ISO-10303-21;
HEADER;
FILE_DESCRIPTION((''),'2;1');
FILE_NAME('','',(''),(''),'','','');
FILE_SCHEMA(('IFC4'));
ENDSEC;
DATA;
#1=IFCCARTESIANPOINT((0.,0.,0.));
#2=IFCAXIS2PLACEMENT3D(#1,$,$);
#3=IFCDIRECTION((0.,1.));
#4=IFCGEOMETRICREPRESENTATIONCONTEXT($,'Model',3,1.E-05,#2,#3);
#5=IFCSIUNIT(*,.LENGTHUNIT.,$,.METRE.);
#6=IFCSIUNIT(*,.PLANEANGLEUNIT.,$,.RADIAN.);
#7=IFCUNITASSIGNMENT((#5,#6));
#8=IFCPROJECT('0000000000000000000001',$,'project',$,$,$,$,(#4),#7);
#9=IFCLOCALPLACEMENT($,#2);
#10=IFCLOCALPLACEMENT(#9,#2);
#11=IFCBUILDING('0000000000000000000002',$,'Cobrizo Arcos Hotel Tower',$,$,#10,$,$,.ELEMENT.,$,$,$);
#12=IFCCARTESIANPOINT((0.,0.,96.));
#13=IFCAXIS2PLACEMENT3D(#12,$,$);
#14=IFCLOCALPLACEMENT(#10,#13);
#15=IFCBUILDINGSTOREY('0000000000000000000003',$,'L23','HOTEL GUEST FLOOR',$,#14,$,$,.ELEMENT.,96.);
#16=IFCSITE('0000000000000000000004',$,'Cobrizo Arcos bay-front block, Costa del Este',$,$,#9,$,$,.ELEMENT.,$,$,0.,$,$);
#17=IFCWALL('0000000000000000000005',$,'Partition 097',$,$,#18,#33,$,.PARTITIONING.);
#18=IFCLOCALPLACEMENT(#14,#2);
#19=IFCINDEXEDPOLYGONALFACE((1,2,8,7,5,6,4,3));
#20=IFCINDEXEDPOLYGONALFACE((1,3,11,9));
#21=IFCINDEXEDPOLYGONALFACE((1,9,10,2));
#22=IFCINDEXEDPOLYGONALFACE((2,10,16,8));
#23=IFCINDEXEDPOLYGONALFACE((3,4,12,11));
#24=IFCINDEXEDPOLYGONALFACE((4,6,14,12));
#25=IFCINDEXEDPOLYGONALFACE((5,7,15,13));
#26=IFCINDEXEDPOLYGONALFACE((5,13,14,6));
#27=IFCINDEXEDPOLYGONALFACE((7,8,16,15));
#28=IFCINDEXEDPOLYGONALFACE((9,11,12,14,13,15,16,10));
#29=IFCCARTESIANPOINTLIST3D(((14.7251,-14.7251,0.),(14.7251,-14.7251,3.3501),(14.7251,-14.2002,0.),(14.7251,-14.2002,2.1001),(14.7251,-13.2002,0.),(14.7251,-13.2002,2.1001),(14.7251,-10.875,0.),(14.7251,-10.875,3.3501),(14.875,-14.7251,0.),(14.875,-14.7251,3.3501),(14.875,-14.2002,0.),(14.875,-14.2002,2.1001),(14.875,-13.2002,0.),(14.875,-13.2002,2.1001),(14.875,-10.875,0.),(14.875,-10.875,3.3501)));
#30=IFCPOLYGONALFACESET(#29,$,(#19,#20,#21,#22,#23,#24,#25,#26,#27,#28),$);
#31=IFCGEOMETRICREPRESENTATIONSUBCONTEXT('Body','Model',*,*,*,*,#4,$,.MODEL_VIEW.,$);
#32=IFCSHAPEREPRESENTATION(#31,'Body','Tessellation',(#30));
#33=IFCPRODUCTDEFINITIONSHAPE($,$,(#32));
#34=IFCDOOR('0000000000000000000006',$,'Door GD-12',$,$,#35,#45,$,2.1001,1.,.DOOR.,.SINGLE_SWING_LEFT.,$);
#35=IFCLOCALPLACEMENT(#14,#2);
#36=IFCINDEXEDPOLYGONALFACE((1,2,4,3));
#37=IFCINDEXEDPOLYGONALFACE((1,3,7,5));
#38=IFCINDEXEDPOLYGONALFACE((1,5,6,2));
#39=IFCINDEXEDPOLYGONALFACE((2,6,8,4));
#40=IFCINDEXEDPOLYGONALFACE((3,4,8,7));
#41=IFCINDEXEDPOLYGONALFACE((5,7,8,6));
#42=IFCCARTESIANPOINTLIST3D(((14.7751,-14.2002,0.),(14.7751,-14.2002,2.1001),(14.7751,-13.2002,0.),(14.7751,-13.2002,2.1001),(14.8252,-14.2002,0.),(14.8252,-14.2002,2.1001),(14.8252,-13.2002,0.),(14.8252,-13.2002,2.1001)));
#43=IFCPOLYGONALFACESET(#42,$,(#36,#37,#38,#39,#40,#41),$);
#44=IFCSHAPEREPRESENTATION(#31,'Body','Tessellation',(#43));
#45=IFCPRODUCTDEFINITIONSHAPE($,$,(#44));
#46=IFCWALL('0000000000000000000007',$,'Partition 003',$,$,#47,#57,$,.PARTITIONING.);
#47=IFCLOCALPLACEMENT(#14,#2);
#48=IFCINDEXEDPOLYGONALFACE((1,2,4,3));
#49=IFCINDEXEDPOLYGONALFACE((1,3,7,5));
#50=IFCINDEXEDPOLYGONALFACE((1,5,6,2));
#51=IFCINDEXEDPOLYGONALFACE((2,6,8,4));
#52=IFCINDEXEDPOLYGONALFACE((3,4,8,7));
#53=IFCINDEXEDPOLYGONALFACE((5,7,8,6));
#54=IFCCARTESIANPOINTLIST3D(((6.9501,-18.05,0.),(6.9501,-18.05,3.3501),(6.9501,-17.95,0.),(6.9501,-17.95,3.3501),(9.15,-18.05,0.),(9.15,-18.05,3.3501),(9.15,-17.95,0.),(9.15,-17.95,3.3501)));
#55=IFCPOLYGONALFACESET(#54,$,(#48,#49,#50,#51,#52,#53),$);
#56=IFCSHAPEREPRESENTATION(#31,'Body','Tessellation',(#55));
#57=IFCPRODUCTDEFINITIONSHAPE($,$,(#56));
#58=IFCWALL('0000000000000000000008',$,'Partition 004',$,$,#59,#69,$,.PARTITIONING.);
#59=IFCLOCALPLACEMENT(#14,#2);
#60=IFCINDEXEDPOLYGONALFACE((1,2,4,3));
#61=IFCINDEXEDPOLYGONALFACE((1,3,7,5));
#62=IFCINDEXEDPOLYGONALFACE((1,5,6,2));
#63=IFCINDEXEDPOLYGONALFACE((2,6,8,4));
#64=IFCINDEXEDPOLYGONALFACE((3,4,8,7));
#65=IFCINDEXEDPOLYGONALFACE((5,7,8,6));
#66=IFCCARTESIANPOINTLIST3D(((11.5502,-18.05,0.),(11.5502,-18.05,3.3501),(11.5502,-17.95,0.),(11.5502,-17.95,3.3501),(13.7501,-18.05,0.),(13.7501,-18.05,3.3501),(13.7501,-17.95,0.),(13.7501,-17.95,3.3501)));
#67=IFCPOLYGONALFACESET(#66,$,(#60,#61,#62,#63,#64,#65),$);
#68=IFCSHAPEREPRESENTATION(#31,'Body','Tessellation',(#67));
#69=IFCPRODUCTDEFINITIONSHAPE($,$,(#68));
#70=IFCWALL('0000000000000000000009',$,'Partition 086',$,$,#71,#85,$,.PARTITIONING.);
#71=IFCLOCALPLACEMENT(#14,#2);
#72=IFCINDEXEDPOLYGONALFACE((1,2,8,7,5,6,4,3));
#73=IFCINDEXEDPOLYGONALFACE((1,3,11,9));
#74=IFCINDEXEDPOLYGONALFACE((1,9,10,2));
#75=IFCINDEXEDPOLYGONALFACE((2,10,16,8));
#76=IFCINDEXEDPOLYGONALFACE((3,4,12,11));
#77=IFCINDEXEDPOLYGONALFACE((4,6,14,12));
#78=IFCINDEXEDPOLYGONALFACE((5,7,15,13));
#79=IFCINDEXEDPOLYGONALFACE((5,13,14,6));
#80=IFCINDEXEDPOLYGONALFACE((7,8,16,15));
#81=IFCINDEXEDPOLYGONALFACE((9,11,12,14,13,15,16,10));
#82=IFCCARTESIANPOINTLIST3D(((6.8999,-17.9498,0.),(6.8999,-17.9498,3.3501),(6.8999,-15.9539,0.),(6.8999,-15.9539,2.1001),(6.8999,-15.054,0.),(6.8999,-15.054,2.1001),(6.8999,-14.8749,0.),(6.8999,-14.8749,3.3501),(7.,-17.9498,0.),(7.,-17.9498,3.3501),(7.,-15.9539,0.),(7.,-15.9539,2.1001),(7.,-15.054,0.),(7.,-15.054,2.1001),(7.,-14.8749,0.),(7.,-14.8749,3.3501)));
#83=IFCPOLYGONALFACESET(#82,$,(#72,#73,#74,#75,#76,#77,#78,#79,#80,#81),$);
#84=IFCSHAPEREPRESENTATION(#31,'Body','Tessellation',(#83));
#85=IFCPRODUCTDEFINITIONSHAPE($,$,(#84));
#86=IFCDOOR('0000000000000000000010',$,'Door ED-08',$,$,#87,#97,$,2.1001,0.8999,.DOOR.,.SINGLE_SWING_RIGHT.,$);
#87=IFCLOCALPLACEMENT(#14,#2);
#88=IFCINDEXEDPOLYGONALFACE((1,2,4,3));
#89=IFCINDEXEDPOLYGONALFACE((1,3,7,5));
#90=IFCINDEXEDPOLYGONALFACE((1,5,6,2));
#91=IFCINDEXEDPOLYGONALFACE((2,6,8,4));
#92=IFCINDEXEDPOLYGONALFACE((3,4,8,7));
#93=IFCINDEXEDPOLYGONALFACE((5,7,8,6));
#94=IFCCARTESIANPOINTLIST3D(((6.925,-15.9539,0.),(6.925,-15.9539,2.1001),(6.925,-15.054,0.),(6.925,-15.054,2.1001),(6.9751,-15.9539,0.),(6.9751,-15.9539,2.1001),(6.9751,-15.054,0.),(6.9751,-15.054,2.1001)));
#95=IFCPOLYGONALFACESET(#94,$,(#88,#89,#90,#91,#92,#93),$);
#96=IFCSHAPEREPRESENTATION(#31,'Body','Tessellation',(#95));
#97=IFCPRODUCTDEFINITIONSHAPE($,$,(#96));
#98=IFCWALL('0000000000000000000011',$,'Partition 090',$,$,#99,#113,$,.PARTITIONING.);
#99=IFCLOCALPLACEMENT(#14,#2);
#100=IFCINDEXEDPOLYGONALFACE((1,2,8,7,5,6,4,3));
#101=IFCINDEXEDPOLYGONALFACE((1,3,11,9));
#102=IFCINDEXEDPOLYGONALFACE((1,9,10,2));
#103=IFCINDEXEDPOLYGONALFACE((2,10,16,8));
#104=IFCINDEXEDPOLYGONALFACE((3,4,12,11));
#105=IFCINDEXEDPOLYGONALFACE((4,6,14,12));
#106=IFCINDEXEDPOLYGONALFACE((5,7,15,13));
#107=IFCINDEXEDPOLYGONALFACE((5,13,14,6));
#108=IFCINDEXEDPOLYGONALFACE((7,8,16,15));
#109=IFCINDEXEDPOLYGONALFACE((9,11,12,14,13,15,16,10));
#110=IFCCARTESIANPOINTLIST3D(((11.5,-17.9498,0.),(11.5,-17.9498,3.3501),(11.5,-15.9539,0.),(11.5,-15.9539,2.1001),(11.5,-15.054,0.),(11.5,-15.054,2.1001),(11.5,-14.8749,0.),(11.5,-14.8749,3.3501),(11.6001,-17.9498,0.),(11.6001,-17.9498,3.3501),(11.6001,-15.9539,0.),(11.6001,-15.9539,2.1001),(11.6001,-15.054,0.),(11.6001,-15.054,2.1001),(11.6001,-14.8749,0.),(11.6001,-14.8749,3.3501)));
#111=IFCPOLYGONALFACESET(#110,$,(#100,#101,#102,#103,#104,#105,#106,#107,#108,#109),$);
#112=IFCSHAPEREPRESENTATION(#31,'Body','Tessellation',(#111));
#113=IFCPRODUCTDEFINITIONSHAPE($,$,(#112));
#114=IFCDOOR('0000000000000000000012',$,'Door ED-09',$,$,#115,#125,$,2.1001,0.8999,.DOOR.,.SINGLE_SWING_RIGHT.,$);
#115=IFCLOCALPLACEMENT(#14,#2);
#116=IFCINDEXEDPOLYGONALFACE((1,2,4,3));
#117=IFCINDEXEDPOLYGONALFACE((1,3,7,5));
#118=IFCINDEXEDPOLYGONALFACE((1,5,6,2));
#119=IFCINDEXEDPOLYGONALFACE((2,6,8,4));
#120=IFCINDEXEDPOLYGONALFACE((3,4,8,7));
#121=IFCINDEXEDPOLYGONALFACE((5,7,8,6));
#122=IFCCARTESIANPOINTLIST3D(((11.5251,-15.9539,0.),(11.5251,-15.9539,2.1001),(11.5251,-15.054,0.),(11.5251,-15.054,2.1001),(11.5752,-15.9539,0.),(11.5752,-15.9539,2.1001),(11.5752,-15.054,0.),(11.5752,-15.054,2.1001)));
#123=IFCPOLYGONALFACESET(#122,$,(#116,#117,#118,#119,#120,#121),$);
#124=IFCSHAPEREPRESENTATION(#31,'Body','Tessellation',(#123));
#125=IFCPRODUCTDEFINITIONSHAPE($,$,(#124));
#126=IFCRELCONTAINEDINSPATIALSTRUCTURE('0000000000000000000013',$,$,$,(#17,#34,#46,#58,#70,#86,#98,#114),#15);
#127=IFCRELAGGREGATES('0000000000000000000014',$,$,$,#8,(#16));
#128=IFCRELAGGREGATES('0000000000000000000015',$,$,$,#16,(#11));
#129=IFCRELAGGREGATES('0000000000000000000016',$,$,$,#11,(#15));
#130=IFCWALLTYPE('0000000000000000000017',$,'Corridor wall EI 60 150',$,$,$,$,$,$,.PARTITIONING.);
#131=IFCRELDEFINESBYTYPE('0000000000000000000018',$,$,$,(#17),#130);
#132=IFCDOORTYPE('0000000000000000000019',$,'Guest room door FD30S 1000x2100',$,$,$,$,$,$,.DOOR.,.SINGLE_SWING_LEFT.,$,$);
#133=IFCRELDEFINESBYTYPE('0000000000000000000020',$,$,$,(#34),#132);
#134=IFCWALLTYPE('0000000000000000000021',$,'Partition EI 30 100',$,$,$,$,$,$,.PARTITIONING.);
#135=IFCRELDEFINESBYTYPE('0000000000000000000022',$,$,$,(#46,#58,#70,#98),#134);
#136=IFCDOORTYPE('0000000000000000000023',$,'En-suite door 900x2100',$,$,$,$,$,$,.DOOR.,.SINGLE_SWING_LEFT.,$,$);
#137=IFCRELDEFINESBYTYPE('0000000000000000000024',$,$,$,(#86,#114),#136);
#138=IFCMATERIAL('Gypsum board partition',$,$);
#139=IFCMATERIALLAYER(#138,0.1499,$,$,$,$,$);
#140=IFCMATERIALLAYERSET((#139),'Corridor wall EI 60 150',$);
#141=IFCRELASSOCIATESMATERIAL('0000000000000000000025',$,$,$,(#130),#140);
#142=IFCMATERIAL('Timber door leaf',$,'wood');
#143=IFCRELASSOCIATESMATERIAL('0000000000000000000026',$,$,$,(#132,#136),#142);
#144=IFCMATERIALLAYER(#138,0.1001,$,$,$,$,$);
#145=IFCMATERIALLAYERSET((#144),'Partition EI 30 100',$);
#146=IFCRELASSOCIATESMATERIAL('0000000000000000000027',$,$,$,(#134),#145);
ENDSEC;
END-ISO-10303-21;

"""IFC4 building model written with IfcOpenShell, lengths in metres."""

from ifc_helpers import new_model, si_unit, direction, frame, frame_2d, origin, place, context, subcontext, project, spatial, rectangle, extrude, material, layer, layer_set, type_object, element, fill, save


model = new_model("IFC4")

# Units and contexts
model_context = context("Model", 3, precision=1e-05, world=origin(), true_north=direction((0.0, 1.0)))
body_context = subcontext(model_context, "Body", "Model", "MODEL_VIEW")
ifc_project = project(units=[si_unit("LENGTHUNIT", "METRE"), si_unit("PLANEANGLEUNIT", "RADIAN")], contexts=[model_context])

# Site, building, storey
site_placement = place(None, origin())
site = spatial("IfcSite", under=ifc_project, at=site_placement, Name="Cobrizo Arcos bay-front block, Costa del Este", CompositionType="ELEMENT", RefElevation=0.0)
building_placement = place(site_placement, origin())
building = spatial("IfcBuilding", under=site, at=building_placement, Name="Cobrizo Arcos Hotel Tower", CompositionType="ELEMENT")
storey_placement = place(building_placement, frame((0.0, 0.0, 96.0)))
storey = spatial("IfcBuildingStorey", under=building, at=storey_placement, Name="L23", Description="HOTEL GUEST FLOOR", CompositionType="ELEMENT", Elevation=96.0)

# Shared definitions
ifc_material_1 = material(Name="Gypsum board partition")
ifc_layer_1 = layer(ifc_material_1, 0.1499)
ifc_layer_set_1 = layer_set([ifc_layer_1], Name="Corridor wall EI 60 150")
wall_type_1 = type_object("IfcWallType", Name="Corridor wall EI 60 150", PredefinedType="PARTITIONING", material=ifc_layer_set_1)

# Shared definitions
ifc_material_2 = material(Name="Timber door leaf", Category="wood")

# Wall, opening, door
wall_1_placement = place(storey_placement, frame((14.8, -14.7251, 0.0), z_axis=(0.0, 0.0, 1.0), x_axis=(0.0, 1.0, 0.0)))
wall_1 = element("IfcWall", 1, at=wall_1_placement, inside=storey, type_object=wall_type_1, Name="Partition 097", PredefinedType="PARTITIONING", context=body_context, shape_type="SweptSolid", body=[
    extrude(rectangle(XDim=3.8501, YDim=0.1499, at=frame_2d((1.925, 0.0))), origin(), (0.0, 0.0, 1.0), 3.3501),
])
opening_1_placement = place(wall_1_placement, frame((0.5249, 0.0, 0.0)))
opening_1 = element("IfcOpeningElement", 2, at=opening_1_placement, cuts=wall_1, PredefinedType="OPENING", context=body_context, shape_type="SweptSolid", body=[
    extrude(rectangle(XDim=1.0, YDim=2.1001, at=frame_2d((0.5, 1.05))), frame((0.0, 0.0869, 0.0), z_axis=(0.0, -1.0, 0.0), x_axis=(1.0, 0.0, 0.0)), (0.0, 0.0, 1.0), 0.1738),
])
door_type_1 = type_object("IfcDoorType", Name="Guest room door FD30S 1000x2100", OperationType="SINGLE_SWING_LEFT", PredefinedType="DOOR", material=ifc_material_2)
door_1_placement = place(opening_1_placement, origin())
door_1 = element("IfcDoor", 3, at=door_1_placement, inside=storey, type_object=door_type_1, Name="Door GD-12", OperationType="SINGLE_SWING_LEFT", OverallHeight=2.1001, OverallWidth=1.0, PredefinedType="DOOR", context=body_context, shape_type="SweptSolid", body=[
    extrude(rectangle(XDim=1.0, YDim=2.1001, at=frame_2d((0.5, 1.05))), frame((0.0, 0.0249, 0.0), z_axis=(0.0, -1.0, 0.0), x_axis=(1.0, 0.0, 0.0)), (0.0, 0.0, 1.0), 0.05),
])
fill(opening_1, door_1)

# Walls
ifc_layer_2 = layer(ifc_material_1, 0.1001)
ifc_layer_set_2 = layer_set([ifc_layer_2], Name="Partition EI 30 100")
wall_type_2 = type_object("IfcWallType", Name="Partition EI 30 100", PredefinedType="PARTITIONING", material=ifc_layer_set_2)
for number, where, z_axis, x_axis, name in (
    (4, (6.95, -18.0, 0.0), (0.0, 0.0, 1.0), (1.0, 0.0, 0.0), "Partition 003"),
    (5, (11.55, -18.0, 0.0), (0.0, 0.0, 1.0), (1.0, 0.0, 0.0), "Partition 004"),
):
    element("IfcWall", number, at=place(storey_placement, frame(where, z_axis=z_axis, x_axis=x_axis)), inside=storey, type_object=wall_type_2, Name=name, PredefinedType="PARTITIONING", context=body_context, shape_type="SweptSolid", body=[
        extrude(rectangle(XDim=2.2, YDim=0.1001, at=frame_2d((1.1001, 0.0))), origin(), (0.0, 0.0, 1.0), 3.3501),
    ])

# Walls, openings, doors
wall_2_placement = place(storey_placement, frame((6.95, -17.95, 0.0), z_axis=(0.0, 0.0, 1.0), x_axis=(0.0, 1.0, 0.0)))
wall_2 = element("IfcWall", 6, at=wall_2_placement, inside=storey, type_object=wall_type_2, Name="Partition 086", PredefinedType="PARTITIONING", context=body_context, shape_type="SweptSolid", body=[
    extrude(rectangle(XDim=3.075, YDim=0.1001, at=frame_2d((1.5376, 0.0))), origin(), (0.0, 0.0, 1.0), 3.3501),
])
opening_2_placement = place(wall_2_placement, frame((1.9961, 0.0, 0.0)))
opening_2 = element("IfcOpeningElement", 7, at=opening_2_placement, cuts=wall_2, PredefinedType="OPENING", context=body_context, shape_type="SweptSolid", body=[
    extrude(rectangle(XDim=0.8999, YDim=2.1001, at=frame_2d((0.45, 1.05))), frame((0.0, 0.062, 0.0), z_axis=(0.0, -1.0, 0.0), x_axis=(1.0, 0.0, 0.0)), (0.0, 0.0, 1.0), 0.124),
])
door_type_2 = type_object("IfcDoorType", Name="En-suite door 900x2100", OperationType="SINGLE_SWING_LEFT", PredefinedType="DOOR", material=ifc_material_2)
door_2_placement = place(opening_2_placement, origin())
door_2 = element("IfcDoor", 8, at=door_2_placement, inside=storey, type_object=door_type_2, Name="Door ED-08", OperationType="SINGLE_SWING_RIGHT", OverallHeight=2.1001, OverallWidth=0.8999, PredefinedType="DOOR", context=body_context, shape_type="SweptSolid", body=[
    extrude(rectangle(XDim=0.8999, YDim=2.1001, at=frame_2d((0.45, 1.05))), frame((0.0, 0.0249, 0.0), z_axis=(0.0, -1.0, 0.0), x_axis=(1.0, 0.0, 0.0)), (0.0, 0.0, 1.0), 0.05),
])
fill(opening_2, door_2)
wall_3_placement = place(storey_placement, frame((11.55, -17.95, 0.0), z_axis=(0.0, 0.0, 1.0), x_axis=(0.0, 1.0, 0.0)))
wall_3 = element("IfcWall", 9, at=wall_3_placement, inside=storey, type_object=wall_type_2, Name="Partition 090", PredefinedType="PARTITIONING", context=body_context, shape_type="SweptSolid", body=[
    extrude(rectangle(XDim=3.075, YDim=0.1001, at=frame_2d((1.5376, 0.0))), origin(), (0.0, 0.0, 1.0), 3.3501),
])
opening_3_placement = place(wall_3_placement, frame((1.9961, 0.0, 0.0)))
opening_3 = element("IfcOpeningElement", 10, at=opening_3_placement, cuts=wall_3, PredefinedType="OPENING", context=body_context, shape_type="SweptSolid", body=[
    extrude(rectangle(XDim=0.8999, YDim=2.1001, at=frame_2d((0.45, 1.05))), frame((0.0, 0.062, 0.0), z_axis=(0.0, -1.0, 0.0), x_axis=(1.0, 0.0, 0.0)), (0.0, 0.0, 1.0), 0.124),
])
door_3_placement = place(opening_3_placement, origin())
door_3 = element("IfcDoor", 11, at=door_3_placement, inside=storey, type_object=door_type_2, Name="Door ED-09", OperationType="SINGLE_SWING_RIGHT", OverallHeight=2.1001, OverallWidth=0.8999, PredefinedType="DOOR", context=body_context, shape_type="SweptSolid", body=[
    extrude(rectangle(XDim=0.8999, YDim=2.1001, at=frame_2d((0.45, 1.05))), frame((0.0, 0.0249, 0.0), z_axis=(0.0, -1.0, 0.0), x_axis=(1.0, 0.0, 0.0)), (0.0, 0.0, 1.0), 0.05),
])
fill(opening_3, door_3)

save(model, "model.ifc")
